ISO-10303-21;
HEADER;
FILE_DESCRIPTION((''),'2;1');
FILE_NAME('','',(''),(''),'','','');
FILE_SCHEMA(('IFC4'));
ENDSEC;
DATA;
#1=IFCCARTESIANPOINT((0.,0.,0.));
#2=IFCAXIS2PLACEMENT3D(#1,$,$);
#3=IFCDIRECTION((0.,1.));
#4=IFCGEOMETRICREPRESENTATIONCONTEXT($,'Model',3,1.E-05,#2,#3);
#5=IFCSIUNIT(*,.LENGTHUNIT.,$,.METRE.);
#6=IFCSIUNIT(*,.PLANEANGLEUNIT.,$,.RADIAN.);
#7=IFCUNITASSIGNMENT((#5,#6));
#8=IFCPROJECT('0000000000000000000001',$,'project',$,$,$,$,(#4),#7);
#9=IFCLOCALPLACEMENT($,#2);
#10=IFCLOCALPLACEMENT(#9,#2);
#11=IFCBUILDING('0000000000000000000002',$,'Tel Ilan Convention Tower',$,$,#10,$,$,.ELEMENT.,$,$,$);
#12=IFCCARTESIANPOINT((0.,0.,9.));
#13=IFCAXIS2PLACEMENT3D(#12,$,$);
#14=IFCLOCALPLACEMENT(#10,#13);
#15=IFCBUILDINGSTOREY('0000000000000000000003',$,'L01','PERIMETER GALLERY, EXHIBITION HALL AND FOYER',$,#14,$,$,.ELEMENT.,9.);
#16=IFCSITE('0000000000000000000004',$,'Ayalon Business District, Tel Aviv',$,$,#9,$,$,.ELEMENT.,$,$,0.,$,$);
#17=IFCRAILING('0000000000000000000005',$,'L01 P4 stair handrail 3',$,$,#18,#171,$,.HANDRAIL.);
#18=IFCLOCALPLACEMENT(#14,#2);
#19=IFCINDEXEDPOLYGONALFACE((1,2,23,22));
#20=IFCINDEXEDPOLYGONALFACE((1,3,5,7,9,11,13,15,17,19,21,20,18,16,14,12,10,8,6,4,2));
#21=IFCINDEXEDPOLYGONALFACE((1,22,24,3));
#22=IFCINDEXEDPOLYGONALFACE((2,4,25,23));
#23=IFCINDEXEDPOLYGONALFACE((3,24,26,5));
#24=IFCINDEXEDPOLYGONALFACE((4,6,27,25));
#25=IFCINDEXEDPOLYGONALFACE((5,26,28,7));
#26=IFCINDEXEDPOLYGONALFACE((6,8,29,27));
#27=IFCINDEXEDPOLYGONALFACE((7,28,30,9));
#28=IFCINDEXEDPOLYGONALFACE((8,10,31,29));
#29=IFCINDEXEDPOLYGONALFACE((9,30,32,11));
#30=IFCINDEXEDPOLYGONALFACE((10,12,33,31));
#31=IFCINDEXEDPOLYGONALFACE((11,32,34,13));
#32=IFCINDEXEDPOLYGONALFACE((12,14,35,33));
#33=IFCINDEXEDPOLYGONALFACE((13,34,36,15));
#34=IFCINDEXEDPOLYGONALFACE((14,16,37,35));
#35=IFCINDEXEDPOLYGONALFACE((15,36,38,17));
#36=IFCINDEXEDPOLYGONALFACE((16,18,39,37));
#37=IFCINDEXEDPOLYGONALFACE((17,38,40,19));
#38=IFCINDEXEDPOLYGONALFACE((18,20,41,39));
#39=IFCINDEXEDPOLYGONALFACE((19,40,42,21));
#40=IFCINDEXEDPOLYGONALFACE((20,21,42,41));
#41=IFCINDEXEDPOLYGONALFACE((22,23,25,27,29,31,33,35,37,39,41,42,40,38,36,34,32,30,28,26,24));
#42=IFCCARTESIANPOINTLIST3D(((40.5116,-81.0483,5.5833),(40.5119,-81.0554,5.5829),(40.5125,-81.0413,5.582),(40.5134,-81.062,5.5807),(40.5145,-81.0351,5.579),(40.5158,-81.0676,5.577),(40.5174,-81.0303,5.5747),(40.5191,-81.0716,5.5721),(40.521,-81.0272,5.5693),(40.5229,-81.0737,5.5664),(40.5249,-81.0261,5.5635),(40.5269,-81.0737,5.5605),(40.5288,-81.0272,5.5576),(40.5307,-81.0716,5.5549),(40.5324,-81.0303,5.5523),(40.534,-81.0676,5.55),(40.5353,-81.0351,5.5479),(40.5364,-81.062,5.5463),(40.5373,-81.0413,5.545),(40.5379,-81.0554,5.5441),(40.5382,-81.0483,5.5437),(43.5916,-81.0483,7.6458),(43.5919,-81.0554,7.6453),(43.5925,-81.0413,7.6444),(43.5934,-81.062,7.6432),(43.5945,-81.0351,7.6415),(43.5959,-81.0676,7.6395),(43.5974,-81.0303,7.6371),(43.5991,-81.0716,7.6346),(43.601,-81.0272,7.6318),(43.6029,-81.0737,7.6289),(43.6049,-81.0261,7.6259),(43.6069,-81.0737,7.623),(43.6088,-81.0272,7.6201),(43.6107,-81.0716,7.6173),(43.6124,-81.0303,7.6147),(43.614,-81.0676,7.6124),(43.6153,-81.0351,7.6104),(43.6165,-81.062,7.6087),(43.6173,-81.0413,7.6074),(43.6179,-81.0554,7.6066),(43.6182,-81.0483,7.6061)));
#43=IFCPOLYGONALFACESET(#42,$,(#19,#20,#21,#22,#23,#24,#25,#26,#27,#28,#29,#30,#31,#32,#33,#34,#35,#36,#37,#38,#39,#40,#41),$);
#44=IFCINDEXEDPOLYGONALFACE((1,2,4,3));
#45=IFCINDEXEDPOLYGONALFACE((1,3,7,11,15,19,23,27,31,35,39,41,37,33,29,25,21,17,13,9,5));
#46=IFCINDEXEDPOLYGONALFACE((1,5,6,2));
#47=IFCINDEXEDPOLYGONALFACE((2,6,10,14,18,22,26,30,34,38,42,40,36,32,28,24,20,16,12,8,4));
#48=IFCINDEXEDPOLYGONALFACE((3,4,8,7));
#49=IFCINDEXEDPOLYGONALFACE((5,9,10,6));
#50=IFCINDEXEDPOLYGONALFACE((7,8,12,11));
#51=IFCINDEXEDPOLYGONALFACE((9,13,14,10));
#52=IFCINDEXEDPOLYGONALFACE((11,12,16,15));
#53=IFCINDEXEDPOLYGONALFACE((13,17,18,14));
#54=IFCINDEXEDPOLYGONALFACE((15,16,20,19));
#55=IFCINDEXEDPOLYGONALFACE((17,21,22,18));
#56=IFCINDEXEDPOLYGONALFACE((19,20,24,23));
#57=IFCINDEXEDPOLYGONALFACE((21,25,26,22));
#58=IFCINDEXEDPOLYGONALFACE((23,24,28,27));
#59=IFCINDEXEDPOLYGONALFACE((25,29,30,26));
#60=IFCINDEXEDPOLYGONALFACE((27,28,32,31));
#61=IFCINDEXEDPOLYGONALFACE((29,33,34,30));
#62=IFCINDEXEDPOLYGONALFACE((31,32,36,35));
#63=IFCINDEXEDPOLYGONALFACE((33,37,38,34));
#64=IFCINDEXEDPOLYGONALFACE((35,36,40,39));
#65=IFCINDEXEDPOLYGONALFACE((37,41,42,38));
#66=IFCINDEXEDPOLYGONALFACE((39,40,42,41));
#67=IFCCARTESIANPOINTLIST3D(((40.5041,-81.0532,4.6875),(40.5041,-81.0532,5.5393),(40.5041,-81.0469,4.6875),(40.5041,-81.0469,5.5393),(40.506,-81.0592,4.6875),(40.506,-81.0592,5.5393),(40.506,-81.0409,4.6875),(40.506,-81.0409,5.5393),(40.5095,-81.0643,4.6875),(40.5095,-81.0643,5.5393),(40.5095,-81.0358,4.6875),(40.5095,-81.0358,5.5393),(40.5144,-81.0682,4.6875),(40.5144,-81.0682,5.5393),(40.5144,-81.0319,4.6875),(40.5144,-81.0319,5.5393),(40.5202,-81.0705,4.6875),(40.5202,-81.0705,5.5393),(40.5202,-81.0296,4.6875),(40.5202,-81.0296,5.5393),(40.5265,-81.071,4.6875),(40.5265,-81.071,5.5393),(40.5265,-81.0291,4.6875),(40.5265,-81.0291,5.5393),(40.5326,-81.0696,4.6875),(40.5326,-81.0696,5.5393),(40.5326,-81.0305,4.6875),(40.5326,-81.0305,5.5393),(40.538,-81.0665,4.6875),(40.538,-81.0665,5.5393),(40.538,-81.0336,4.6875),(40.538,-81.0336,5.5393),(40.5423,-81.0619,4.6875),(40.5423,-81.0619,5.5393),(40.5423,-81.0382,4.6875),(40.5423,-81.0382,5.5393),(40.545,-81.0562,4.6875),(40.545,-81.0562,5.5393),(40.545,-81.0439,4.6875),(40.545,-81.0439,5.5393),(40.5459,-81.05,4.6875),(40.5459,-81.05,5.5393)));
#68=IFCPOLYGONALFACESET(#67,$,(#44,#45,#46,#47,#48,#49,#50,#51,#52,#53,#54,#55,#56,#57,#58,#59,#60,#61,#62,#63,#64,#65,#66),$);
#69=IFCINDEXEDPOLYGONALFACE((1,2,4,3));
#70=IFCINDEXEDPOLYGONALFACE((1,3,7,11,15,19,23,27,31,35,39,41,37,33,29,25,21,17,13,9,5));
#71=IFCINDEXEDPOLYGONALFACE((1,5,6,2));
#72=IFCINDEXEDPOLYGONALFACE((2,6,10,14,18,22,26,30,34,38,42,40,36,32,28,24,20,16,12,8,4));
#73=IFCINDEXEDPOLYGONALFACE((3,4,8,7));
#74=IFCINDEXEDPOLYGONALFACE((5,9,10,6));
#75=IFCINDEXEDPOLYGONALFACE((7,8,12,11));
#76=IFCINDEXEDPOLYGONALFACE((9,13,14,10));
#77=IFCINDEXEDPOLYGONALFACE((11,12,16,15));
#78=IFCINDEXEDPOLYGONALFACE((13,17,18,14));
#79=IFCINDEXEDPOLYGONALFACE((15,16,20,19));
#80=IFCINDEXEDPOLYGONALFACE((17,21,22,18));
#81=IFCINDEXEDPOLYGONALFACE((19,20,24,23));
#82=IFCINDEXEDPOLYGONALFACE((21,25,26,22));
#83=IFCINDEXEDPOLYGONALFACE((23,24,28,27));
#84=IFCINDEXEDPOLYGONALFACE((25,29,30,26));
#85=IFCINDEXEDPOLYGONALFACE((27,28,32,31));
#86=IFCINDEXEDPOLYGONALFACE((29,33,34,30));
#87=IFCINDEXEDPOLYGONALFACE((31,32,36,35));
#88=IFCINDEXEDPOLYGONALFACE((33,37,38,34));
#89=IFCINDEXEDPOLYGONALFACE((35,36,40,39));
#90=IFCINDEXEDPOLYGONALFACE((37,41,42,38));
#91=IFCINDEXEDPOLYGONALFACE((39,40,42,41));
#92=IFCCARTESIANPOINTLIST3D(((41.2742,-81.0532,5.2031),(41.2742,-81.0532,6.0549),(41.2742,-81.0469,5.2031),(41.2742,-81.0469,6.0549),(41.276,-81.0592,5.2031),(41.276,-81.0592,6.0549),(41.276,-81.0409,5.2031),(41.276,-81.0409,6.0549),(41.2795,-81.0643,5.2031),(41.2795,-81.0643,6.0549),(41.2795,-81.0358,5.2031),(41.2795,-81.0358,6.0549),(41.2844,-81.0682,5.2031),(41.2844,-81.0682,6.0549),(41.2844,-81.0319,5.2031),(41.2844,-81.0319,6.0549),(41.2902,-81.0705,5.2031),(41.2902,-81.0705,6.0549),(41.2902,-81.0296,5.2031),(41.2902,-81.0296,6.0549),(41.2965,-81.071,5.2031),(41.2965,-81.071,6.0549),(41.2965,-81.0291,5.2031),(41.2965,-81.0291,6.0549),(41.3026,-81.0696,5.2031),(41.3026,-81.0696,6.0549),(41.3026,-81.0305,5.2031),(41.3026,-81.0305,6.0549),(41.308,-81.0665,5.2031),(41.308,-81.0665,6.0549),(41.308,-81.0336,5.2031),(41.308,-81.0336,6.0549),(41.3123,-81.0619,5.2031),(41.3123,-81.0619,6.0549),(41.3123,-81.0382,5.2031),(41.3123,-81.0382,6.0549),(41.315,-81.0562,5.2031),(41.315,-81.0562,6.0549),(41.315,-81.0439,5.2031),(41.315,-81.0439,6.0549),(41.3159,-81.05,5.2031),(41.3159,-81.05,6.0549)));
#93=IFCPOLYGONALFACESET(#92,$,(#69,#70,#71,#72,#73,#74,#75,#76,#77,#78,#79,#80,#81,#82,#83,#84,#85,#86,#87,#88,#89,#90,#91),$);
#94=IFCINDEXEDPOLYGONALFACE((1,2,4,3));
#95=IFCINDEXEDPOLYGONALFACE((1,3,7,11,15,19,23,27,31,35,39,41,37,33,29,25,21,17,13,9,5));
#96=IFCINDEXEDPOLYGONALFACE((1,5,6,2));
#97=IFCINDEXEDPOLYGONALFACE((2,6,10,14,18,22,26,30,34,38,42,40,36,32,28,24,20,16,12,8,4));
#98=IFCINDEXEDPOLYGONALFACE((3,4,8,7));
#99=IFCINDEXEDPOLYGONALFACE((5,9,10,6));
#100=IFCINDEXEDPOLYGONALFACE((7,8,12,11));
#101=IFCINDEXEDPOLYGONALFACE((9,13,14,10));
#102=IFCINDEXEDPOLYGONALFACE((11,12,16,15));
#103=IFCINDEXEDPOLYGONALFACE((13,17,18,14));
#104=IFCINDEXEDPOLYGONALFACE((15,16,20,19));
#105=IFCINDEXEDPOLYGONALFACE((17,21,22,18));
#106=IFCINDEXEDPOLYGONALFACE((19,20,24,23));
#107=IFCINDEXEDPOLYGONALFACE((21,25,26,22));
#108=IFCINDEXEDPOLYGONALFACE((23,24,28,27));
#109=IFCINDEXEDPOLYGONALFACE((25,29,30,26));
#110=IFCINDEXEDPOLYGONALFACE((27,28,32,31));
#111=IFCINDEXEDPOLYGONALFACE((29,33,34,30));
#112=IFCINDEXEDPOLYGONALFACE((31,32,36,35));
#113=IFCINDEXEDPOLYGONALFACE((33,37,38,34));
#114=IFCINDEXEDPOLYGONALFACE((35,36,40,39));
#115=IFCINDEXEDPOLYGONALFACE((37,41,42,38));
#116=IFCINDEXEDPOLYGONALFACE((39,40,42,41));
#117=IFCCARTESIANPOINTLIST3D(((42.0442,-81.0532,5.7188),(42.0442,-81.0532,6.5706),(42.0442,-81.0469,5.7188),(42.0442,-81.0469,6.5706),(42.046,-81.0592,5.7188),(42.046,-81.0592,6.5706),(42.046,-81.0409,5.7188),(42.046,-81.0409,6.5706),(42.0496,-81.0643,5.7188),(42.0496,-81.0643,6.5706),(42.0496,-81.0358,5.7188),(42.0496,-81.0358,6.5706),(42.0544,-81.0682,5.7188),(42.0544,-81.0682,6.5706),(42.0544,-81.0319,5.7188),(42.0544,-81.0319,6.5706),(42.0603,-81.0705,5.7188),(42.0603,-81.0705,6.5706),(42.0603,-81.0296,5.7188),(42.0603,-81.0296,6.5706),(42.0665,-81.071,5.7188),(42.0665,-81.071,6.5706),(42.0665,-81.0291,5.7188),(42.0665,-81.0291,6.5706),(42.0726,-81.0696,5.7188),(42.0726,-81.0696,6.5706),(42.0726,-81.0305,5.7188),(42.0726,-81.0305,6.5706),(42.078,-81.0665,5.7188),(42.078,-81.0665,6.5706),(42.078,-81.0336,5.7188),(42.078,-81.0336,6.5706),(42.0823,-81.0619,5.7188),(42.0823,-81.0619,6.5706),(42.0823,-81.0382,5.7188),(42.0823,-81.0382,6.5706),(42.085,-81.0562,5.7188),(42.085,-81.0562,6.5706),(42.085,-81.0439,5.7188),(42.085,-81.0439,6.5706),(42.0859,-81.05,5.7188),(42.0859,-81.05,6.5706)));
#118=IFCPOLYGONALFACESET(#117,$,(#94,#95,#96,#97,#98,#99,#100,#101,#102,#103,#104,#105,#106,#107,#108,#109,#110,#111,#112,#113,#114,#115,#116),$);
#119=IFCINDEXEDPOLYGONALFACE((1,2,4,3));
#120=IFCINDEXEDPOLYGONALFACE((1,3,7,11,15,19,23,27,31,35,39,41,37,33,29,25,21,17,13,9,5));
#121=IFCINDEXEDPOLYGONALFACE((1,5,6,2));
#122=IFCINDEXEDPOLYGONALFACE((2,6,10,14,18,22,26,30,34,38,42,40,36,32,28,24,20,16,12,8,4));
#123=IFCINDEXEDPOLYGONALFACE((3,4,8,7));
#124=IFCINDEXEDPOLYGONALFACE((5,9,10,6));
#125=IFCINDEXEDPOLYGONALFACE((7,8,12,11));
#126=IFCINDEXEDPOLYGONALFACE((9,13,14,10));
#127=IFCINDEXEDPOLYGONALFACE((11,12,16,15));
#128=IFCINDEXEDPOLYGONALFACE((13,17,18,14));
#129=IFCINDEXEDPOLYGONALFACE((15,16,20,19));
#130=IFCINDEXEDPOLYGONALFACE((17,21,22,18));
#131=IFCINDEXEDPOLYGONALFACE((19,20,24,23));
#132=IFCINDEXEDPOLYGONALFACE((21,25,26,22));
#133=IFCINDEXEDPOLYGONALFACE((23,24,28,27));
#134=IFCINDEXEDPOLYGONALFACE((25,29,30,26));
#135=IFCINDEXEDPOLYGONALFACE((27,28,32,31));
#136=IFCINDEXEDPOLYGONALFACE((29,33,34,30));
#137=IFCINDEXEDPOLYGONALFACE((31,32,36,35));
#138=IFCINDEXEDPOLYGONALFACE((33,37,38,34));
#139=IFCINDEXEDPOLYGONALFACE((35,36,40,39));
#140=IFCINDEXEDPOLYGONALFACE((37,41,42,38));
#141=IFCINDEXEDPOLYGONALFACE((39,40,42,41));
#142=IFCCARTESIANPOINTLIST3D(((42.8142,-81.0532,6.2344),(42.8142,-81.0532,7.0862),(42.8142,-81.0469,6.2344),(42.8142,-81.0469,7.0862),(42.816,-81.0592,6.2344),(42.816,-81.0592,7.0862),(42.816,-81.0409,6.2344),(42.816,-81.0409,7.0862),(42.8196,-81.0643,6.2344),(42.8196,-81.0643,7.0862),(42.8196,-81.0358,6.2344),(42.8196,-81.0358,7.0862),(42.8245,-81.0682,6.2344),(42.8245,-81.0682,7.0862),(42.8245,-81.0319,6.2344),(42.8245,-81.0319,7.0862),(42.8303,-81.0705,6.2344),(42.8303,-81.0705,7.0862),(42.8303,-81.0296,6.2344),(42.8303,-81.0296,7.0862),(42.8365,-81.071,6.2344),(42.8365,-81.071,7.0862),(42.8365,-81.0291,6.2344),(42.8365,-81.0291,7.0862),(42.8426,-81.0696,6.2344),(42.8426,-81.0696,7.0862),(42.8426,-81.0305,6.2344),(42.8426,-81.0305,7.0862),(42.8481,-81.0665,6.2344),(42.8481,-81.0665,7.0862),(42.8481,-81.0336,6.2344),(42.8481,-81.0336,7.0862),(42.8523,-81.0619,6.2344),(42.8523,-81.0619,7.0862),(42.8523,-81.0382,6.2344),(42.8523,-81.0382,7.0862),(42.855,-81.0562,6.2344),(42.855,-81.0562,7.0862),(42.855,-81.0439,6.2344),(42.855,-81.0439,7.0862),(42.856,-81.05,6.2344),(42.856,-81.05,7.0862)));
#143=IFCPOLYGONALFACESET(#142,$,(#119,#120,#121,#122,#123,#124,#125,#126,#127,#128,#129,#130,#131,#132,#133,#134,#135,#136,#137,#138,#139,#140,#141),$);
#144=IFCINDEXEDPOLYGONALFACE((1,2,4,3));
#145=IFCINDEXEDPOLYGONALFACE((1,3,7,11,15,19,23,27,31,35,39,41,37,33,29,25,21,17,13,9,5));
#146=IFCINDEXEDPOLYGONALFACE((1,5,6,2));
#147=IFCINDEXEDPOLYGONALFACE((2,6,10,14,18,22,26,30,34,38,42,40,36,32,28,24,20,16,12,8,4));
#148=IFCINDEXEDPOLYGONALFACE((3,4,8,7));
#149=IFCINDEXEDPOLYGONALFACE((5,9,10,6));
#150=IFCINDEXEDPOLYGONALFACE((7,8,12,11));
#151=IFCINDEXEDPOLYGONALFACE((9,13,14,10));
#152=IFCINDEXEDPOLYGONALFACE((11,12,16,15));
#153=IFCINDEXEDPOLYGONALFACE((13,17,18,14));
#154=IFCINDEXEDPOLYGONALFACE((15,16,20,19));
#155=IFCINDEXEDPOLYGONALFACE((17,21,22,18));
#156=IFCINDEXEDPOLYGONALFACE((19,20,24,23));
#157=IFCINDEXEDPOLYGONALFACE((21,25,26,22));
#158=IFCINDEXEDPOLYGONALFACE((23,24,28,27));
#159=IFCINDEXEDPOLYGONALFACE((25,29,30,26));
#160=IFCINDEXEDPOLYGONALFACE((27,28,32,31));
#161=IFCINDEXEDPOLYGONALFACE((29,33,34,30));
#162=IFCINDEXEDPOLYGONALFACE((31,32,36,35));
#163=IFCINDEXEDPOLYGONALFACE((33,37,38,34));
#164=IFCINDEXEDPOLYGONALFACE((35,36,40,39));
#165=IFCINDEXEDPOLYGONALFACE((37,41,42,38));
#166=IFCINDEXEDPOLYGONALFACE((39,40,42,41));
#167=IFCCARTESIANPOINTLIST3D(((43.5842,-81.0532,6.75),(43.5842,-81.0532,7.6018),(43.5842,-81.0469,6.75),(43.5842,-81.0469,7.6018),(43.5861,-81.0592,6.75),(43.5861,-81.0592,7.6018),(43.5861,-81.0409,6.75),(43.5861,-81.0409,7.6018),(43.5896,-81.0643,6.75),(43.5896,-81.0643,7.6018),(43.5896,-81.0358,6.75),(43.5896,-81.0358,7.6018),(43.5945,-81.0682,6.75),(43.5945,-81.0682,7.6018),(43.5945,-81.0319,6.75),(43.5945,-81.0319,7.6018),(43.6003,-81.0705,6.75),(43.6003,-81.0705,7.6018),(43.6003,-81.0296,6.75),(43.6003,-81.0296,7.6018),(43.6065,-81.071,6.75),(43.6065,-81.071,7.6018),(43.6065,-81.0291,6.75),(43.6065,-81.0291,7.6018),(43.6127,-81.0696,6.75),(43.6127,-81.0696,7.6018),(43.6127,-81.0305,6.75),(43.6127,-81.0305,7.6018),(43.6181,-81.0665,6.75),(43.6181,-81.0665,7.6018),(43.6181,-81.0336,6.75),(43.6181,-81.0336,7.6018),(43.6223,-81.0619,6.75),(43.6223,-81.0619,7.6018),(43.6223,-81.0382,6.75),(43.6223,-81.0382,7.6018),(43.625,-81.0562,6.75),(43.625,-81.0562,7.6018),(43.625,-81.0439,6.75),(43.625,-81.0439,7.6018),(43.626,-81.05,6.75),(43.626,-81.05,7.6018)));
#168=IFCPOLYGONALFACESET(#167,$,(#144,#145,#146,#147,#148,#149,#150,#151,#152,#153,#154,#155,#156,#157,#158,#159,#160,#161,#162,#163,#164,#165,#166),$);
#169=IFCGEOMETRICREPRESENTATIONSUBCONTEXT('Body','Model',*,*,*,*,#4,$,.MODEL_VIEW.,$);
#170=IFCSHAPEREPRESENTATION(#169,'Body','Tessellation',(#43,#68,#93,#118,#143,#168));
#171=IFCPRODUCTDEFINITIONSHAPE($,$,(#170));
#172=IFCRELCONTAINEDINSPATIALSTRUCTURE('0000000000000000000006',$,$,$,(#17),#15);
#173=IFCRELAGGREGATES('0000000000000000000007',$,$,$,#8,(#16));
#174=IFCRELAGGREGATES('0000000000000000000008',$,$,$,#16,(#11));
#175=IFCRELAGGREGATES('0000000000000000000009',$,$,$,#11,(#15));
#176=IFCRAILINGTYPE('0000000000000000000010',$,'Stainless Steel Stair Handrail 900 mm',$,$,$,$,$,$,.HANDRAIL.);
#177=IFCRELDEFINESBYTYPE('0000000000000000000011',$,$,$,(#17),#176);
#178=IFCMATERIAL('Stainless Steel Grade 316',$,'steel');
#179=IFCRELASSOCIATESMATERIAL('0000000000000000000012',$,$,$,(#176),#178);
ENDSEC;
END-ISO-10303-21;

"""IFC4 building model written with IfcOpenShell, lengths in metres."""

from ifc_helpers import new_model, si_unit, direction, frame, origin, origin_2d, place, context, subcontext, project, spatial, circle, extrude, material, type_object, element, save


model = new_model("IFC4")

# Units and contexts
model_context = context("Model", 3, precision=1e-05, world=origin(), true_north=direction((0.0, 1.0)))
body_context = subcontext(model_context, "Body", "Model", "MODEL_VIEW")
ifc_project = project(units=[si_unit("LENGTHUNIT", "METRE"), si_unit("PLANEANGLEUNIT", "RADIAN")], contexts=[model_context])

# Site, building, storey
site_placement = place(None, origin())
site = spatial("IfcSite", under=ifc_project, at=site_placement, Name="Ayalon Business District, Tel Aviv", CompositionType="ELEMENT", RefElevation=0.0)
building_placement = place(site_placement, origin())
building = spatial("IfcBuilding", under=site, at=building_placement, Name="Tel Ilan Convention Tower", CompositionType="ELEMENT")
storey_placement = place(building_placement, frame((0.0, 0.0, 9.0)))
storey = spatial("IfcBuildingStorey", under=building, at=storey_placement, Name="L01", Description="PERIMETER GALLERY, EXHIBITION HALL AND FOYER", CompositionType="ELEMENT", Elevation=9.0)

# Railing
ifc_material_1 = material(Name="Stainless Steel Grade 316", Category="steel")
railing_type_1 = type_object("IfcRailingType", Name="Stainless Steel Stair Handrail 900 mm", PredefinedType="HANDRAIL", material=ifc_material_1)
railing_1_placement = place(storey_placement, frame((40.5249, -81.05, 4.6875)))
element("IfcRailing", 1, at=railing_1_placement, inside=storey, type_object=railing_type_1, Name="L01 P4 stair handrail 3", PredefinedType="HANDRAIL", context=body_context, shape_type="SweptSolid", body=[
    extrude(circle(Radius=0.0239, at=origin_2d()), frame((0.0, 0.0, 0.876), z_axis=(0.830914, 0.0, 0.556401), x_axis=(0.0, 1.0, 0.0)), (0.0, 0.0, 1.0), 3.7068),
    extrude(circle(Radius=0.021, at=origin_2d()), origin(), (0.0, 0.0, 1.0), 0.8518),
    extrude(circle(Radius=0.021, at=origin_2d()), frame((0.77, 0.0, 0.5156)), (0.0, 0.0, 1.0), 0.8518),
    extrude(circle(Radius=0.021, at=origin_2d()), frame((1.54, 0.0, 1.0312)), (0.0, 0.0, 1.0), 0.8518),
    extrude(circle(Radius=0.021, at=origin_2d()), frame((2.3101, 0.0, 1.5469)), (0.0, 0.0, 1.0), 0.8518),
    extrude(circle(Radius=0.021, at=origin_2d()), frame((3.0801, 0.0, 2.0625)), (0.0, 0.0, 1.0), 0.8518),
])

save(model, "model.ifc")
